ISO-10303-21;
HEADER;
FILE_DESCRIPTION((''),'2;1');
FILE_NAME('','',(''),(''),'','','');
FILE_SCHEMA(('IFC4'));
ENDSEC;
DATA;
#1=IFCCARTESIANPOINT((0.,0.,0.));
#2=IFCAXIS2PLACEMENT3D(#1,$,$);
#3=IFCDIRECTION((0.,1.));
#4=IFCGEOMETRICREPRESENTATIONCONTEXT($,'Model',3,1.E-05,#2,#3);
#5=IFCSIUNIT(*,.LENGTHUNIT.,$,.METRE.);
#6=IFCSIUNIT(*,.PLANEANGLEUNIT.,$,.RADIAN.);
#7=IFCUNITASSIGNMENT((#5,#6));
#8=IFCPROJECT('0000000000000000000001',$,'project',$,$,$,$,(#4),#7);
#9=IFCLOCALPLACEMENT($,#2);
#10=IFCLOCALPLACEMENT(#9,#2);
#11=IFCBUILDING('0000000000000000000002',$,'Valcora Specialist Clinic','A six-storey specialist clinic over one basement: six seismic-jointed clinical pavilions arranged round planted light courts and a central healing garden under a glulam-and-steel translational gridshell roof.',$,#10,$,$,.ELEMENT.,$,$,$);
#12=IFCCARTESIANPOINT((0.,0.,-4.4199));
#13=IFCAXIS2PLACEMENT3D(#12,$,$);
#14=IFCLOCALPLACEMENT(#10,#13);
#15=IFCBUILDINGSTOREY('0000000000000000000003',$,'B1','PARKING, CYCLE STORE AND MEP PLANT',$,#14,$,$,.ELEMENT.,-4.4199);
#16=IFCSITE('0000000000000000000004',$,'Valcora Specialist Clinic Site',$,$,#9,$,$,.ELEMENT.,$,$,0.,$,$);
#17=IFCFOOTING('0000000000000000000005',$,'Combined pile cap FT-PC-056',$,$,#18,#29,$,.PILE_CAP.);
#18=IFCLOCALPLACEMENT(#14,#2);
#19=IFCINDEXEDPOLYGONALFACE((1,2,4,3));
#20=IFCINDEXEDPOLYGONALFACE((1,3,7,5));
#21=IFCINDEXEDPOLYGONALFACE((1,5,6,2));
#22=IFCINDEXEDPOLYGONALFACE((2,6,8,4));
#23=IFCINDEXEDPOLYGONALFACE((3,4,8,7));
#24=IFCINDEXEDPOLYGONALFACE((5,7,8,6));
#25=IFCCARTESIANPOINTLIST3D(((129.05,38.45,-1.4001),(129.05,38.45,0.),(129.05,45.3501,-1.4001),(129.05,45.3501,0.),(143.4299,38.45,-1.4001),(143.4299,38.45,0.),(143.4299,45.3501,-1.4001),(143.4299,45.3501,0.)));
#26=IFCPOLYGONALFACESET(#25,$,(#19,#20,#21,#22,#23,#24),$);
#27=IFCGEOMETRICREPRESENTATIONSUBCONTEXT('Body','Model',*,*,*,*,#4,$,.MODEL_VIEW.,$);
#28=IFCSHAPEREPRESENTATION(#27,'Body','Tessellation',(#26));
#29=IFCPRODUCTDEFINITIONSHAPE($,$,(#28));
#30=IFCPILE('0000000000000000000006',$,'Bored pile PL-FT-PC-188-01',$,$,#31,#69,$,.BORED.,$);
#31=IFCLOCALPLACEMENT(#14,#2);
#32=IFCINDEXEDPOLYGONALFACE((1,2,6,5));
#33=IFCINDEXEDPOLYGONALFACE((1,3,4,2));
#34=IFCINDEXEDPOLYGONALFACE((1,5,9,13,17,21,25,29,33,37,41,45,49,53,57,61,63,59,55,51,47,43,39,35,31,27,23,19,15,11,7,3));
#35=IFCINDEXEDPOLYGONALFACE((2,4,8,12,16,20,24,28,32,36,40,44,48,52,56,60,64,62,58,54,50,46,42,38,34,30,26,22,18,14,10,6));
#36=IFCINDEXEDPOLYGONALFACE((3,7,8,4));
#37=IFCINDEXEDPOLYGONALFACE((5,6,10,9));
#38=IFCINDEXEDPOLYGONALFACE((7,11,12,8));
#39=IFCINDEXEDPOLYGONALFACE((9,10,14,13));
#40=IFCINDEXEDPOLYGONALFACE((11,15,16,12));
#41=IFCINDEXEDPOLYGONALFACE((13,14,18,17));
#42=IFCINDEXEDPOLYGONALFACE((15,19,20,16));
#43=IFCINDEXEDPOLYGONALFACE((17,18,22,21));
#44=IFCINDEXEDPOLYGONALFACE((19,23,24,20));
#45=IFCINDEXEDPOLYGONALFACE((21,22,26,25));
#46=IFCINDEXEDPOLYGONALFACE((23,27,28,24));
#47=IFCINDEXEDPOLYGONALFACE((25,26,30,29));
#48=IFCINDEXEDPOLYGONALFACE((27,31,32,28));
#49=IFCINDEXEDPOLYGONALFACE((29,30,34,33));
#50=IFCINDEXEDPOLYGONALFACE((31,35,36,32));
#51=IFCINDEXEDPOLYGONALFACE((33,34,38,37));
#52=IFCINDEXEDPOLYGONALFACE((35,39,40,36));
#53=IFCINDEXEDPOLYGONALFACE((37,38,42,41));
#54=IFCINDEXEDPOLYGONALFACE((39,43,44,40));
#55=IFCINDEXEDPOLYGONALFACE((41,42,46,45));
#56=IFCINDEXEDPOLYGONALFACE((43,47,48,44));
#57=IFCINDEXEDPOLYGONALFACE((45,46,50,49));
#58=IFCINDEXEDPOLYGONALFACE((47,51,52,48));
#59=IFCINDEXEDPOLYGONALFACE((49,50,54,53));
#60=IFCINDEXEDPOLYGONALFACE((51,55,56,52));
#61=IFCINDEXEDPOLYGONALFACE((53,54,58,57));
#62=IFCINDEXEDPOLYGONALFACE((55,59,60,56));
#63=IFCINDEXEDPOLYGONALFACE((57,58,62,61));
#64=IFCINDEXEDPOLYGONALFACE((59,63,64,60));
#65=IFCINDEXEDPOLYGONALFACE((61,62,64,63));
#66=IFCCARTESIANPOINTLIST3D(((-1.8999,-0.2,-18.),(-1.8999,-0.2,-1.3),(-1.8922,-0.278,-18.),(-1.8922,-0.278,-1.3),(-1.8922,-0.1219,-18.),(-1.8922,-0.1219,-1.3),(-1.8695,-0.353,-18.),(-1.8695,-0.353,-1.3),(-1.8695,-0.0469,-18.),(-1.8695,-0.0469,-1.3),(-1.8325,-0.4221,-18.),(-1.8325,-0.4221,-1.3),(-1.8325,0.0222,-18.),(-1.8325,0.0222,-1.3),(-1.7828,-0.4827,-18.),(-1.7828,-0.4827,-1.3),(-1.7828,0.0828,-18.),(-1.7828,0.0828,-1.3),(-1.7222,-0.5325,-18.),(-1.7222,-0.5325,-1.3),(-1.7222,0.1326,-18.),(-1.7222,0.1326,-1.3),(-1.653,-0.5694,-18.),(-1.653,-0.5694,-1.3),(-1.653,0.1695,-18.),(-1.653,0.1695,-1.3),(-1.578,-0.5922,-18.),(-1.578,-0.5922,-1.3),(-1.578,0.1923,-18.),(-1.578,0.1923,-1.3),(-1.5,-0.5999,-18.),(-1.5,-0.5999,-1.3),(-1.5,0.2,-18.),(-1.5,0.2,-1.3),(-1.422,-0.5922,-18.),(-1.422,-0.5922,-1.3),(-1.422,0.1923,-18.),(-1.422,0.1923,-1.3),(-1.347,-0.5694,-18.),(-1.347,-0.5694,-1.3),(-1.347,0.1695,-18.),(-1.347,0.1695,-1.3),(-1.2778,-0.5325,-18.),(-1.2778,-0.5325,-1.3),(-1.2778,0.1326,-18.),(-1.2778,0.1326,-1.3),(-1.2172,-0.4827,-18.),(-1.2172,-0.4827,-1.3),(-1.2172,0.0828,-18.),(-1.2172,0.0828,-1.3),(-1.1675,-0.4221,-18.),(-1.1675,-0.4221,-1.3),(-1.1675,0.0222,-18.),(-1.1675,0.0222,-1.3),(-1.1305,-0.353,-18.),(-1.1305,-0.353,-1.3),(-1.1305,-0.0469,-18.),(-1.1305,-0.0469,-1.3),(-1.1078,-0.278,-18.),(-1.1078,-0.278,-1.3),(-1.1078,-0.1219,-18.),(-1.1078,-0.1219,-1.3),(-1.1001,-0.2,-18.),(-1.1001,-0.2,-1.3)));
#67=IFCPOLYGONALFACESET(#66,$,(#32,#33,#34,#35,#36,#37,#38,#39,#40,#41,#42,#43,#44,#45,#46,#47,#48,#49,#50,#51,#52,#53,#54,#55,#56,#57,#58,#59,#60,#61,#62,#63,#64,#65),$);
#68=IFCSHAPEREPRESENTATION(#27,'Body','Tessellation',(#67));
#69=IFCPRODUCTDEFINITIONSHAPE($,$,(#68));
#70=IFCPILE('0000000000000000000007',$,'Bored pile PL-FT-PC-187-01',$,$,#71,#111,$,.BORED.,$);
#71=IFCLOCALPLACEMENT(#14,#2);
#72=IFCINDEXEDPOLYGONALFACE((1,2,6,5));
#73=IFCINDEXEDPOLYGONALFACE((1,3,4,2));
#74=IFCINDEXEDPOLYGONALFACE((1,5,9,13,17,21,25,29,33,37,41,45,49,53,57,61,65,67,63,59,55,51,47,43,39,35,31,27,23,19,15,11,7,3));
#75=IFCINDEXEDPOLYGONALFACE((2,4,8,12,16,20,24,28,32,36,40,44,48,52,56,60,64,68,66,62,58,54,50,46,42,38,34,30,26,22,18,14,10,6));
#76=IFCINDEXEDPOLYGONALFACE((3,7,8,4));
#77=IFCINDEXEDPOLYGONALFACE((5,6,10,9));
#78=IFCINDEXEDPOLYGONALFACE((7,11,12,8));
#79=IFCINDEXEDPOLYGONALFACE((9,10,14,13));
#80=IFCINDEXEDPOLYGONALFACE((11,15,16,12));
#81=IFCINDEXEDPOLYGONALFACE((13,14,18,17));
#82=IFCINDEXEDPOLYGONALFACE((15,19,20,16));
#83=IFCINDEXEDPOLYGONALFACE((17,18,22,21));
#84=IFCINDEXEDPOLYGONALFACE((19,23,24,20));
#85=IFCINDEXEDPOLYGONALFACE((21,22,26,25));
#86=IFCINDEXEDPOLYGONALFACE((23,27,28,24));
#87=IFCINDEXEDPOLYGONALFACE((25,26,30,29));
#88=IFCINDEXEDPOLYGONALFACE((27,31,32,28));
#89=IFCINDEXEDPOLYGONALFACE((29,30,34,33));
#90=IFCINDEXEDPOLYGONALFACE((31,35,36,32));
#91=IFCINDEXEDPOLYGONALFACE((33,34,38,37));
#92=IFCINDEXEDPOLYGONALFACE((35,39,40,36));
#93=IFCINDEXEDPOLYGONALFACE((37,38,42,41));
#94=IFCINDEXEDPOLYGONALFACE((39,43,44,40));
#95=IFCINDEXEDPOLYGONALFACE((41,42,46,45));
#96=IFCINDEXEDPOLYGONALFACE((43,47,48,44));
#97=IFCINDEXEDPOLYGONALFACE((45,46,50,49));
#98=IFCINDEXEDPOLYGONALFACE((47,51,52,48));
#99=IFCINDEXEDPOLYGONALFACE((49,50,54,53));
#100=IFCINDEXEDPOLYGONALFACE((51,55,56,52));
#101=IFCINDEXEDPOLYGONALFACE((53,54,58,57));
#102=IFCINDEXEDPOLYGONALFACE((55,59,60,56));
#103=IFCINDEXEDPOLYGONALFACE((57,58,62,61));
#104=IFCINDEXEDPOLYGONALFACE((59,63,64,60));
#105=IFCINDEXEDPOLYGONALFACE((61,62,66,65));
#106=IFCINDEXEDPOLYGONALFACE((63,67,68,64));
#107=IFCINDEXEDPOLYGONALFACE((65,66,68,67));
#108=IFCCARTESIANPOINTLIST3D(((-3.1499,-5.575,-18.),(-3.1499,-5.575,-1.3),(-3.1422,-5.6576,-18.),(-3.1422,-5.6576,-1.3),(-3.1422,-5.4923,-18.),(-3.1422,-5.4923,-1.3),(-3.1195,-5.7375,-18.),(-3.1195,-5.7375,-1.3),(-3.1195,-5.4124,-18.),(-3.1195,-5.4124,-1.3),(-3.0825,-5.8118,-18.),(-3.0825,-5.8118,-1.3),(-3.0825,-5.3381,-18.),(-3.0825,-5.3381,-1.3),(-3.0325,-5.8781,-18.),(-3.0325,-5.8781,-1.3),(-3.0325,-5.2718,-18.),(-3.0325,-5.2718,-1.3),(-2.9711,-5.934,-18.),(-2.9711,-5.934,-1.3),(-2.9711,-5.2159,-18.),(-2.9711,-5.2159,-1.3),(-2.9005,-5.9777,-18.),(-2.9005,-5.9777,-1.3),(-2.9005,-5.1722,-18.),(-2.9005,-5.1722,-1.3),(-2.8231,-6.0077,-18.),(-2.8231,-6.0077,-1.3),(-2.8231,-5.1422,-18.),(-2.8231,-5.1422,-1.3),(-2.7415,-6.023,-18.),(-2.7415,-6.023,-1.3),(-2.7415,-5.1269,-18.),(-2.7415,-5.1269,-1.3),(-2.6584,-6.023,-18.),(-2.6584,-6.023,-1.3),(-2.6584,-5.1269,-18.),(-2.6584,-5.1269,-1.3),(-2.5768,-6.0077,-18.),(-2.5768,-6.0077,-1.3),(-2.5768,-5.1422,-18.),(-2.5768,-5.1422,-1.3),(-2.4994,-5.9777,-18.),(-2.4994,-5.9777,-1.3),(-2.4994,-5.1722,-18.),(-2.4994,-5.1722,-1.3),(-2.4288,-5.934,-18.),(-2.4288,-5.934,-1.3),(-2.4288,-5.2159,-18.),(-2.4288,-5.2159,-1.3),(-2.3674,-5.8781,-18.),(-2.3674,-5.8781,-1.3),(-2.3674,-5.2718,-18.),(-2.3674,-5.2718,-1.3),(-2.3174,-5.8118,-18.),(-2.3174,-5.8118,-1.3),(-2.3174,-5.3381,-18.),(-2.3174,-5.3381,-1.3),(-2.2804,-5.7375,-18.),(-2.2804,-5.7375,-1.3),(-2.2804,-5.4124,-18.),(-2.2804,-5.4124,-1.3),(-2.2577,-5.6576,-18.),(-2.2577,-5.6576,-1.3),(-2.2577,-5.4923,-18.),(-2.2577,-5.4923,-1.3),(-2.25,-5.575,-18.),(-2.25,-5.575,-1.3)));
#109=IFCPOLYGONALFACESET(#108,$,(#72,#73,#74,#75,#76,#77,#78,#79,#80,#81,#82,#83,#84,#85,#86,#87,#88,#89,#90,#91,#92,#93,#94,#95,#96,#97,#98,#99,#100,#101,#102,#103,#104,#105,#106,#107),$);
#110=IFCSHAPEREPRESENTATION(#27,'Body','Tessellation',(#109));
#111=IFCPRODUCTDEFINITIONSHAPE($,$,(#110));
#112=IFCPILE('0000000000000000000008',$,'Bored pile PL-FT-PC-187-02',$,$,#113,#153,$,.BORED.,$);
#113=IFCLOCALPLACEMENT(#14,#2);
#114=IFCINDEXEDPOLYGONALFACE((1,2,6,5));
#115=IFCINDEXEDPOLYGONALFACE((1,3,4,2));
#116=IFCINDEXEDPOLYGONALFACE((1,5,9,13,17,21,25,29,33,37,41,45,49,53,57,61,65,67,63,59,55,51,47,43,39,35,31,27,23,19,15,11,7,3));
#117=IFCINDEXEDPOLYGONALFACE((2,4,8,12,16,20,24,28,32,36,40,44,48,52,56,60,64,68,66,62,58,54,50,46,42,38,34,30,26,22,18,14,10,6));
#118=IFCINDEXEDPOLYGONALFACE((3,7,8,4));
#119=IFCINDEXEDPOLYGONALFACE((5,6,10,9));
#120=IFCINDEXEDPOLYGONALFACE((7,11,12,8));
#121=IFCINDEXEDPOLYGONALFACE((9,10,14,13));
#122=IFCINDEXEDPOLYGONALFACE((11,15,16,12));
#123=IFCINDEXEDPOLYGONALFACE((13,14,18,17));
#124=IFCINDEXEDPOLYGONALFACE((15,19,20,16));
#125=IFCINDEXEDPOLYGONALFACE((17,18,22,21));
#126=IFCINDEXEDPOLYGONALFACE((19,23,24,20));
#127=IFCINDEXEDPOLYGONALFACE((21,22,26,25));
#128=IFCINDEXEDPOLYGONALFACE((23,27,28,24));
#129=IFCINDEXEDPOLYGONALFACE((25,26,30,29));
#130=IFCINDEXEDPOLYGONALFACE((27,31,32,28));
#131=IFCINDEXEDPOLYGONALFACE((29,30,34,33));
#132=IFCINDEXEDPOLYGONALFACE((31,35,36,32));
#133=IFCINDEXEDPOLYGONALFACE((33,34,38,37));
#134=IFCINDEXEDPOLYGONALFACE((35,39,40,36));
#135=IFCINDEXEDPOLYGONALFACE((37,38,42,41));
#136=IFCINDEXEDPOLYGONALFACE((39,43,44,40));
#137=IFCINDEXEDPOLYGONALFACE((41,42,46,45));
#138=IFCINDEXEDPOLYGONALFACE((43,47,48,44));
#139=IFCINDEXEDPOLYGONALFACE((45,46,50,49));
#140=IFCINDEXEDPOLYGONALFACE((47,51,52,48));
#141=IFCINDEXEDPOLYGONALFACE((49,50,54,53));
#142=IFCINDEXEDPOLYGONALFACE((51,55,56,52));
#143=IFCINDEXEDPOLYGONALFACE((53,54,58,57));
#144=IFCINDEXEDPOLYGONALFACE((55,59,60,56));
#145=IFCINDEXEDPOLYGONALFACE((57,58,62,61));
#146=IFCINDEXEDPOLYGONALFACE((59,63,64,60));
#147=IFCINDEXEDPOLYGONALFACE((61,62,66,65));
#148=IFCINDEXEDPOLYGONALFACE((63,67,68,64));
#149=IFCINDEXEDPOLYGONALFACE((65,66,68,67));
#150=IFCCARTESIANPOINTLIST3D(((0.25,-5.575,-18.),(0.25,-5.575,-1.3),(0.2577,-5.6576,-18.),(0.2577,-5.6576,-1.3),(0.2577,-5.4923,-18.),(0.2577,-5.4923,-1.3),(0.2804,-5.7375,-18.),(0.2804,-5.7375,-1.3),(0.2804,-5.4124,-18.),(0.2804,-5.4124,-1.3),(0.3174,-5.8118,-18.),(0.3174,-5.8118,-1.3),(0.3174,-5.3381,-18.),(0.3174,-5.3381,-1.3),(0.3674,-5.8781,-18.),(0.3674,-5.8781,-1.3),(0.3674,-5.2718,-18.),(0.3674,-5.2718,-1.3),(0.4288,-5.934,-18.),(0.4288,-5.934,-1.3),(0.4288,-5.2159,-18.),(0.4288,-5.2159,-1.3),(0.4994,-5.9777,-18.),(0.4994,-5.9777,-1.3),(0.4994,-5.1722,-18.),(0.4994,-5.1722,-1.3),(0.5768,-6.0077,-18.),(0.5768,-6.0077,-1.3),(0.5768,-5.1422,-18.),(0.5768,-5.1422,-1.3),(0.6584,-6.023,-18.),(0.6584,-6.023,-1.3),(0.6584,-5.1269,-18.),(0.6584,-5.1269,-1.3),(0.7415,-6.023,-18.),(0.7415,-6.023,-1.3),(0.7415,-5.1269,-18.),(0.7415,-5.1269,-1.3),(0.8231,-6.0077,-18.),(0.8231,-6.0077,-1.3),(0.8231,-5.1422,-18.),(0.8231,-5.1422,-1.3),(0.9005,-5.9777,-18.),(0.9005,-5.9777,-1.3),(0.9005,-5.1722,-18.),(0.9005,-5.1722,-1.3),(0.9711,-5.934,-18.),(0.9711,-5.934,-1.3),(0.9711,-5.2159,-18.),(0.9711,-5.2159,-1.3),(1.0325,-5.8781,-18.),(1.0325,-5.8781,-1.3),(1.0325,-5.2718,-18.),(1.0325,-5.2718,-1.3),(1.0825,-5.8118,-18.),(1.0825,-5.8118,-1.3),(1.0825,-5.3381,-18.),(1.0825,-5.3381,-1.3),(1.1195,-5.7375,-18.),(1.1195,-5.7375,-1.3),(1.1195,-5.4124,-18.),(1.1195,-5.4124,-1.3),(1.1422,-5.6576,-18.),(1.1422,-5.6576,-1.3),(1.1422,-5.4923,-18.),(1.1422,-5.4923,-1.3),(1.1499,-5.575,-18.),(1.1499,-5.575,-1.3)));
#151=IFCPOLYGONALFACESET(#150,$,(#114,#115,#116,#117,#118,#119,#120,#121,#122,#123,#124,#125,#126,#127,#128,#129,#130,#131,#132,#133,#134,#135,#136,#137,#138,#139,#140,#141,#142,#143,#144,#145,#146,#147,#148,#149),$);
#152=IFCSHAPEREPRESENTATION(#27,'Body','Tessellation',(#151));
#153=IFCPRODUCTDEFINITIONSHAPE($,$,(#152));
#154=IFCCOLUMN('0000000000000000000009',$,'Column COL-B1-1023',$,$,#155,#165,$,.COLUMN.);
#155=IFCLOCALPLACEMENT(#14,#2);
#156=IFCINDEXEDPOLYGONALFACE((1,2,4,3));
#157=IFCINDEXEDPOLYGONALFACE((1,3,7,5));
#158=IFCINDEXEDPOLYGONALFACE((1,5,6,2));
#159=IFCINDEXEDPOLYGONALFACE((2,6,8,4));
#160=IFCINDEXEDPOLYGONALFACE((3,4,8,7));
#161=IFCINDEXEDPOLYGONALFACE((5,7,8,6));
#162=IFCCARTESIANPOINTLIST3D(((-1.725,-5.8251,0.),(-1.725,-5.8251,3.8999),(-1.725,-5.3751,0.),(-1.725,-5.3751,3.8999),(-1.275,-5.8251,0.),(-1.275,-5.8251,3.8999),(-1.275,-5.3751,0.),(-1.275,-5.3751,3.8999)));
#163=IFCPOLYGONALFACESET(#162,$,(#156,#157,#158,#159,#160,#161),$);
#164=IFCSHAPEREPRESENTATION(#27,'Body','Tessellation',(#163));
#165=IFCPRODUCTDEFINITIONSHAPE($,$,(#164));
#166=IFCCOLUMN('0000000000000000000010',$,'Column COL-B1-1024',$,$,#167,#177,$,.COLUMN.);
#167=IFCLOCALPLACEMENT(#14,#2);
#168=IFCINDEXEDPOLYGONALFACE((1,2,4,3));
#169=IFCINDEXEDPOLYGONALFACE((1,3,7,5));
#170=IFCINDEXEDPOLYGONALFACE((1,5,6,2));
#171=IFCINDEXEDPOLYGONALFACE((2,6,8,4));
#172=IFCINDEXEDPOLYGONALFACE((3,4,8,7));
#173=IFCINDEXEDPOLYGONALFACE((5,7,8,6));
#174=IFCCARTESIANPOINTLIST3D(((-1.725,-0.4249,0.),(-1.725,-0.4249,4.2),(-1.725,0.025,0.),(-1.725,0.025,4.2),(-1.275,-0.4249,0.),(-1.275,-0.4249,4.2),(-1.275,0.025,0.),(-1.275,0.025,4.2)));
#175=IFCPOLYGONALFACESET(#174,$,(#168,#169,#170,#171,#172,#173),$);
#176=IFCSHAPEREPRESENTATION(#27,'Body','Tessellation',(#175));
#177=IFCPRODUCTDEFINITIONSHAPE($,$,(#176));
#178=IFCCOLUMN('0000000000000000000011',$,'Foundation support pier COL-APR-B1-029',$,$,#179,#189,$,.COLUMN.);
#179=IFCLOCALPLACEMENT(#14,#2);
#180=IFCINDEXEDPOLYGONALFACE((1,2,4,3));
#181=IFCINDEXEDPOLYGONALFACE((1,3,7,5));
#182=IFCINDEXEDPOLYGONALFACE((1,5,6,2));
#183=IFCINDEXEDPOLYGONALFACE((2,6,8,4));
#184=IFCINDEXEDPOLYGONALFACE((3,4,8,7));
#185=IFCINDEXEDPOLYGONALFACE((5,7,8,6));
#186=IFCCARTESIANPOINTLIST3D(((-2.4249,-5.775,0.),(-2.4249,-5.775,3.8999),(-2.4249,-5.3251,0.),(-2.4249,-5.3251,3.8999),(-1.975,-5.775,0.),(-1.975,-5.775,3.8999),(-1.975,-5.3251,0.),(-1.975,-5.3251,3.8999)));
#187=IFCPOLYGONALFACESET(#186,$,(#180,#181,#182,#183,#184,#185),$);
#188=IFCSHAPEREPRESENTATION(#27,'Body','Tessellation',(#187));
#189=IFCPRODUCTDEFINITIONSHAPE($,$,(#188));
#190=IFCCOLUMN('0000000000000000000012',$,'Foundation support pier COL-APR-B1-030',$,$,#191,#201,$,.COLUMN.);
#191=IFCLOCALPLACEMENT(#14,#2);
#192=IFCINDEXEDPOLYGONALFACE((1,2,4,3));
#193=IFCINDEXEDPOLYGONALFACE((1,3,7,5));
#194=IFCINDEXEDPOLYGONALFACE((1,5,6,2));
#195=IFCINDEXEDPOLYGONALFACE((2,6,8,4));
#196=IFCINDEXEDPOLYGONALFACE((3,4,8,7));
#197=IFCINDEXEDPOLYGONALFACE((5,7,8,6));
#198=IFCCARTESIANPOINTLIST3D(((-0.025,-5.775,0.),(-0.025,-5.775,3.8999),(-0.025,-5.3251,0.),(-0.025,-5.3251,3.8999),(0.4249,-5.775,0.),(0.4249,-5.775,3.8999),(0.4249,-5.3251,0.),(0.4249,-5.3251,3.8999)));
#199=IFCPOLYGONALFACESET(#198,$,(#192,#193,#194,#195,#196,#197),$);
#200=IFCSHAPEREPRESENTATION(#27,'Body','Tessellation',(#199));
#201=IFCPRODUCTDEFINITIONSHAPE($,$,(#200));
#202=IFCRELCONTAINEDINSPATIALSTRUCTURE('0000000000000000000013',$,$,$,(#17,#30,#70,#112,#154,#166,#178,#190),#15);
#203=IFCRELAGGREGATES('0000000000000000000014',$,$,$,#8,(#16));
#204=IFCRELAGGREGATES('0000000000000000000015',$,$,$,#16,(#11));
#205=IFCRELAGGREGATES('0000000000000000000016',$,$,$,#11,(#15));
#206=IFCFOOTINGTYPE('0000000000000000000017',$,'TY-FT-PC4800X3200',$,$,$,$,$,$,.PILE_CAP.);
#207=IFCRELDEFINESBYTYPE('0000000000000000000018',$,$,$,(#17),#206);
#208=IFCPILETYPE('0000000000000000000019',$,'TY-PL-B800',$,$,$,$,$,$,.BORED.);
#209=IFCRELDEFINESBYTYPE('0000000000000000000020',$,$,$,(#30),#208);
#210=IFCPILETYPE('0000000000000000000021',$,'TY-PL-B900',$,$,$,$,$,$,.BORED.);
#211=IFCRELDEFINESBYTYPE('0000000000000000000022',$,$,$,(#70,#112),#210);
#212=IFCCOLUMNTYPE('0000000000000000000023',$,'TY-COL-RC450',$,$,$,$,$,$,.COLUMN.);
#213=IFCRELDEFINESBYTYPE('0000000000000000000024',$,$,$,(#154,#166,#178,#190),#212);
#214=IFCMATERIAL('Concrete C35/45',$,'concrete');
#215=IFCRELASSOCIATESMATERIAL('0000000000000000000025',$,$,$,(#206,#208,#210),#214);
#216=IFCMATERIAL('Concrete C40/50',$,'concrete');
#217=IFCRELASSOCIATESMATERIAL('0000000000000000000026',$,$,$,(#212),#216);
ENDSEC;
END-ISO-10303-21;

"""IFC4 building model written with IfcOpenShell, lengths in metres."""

from ifc_helpers import new_model, si_unit, direction, frame, origin, origin_2d, place, context, subcontext, project, spatial, polyline, rectangle, circle, outline, extrude, material, material_profile, profile_set, type_object, element, save


model = new_model("IFC4")

# Units and contexts
model_context = context("Model", 3, precision=1e-05, world=origin(), true_north=direction((0.0, 1.0)))
body_context = subcontext(model_context, "Body", "Model", "MODEL_VIEW")
ifc_project = project(units=[si_unit("LENGTHUNIT", "METRE"), si_unit("PLANEANGLEUNIT", "RADIAN")], contexts=[model_context])

# Site, building, storey
site_placement = place(None, origin())
site = spatial("IfcSite", under=ifc_project, at=site_placement, Name="Valcora Specialist Clinic Site", CompositionType="ELEMENT", RefElevation=0.0)
building_placement = place(site_placement, origin())
building = spatial("IfcBuilding", under=site, at=building_placement, Name="Valcora Specialist Clinic", Description="A six-storey specialist clinic over one basement: six seismic-jointed clinical pavilions arranged round planted light courts and a central healing garden under a glulam-and-steel translational gridshell roof.", CompositionType="ELEMENT")
storey_placement = place(building_placement, frame((0.0, 0.0, -4.4199)))
storey = spatial("IfcBuildingStorey", under=building, at=storey_placement, Name="B1", Description="PARKING, CYCLE STORE AND MEP PLANT", CompositionType="ELEMENT", Elevation=-4.4199)

# Footing
ifc_material_1 = material(Name="Concrete C35/45", Category="concrete")
footing_type_1 = type_object("IfcFootingType", Name="TY-FT-PC4800X3200", PredefinedType="PILE_CAP", material=ifc_material_1)
footing_1_placement = place(storey_placement, frame((0.0, 0.0, -1.4001)))
element("IfcFooting", 1, at=footing_1_placement, inside=storey, type_object=footing_type_1, Name="Combined pile cap FT-PC-056", PredefinedType="PILE_CAP", context=body_context, shape_type="SweptSolid", body=[
    extrude(outline(polyline([(129.05, 38.45), (143.4299, 38.45), (143.4299, 45.3501), (129.05, 45.3501), (129.05, 38.45)])), origin(), (0.0, 0.0, 1.0), 1.4001),
])

# Piles
ifc_material_profile_1 = material_profile(ifc_material_1, circle(Radius=0.3999, at=origin_2d()), Name="RC-PIL-D800")
ifc_profile_set_1 = profile_set([ifc_material_profile_1], Name="Concrete C35/45")
pile_type_1 = type_object("IfcPileType", Name="TY-PL-B800", PredefinedType="BORED", material=ifc_profile_set_1)
pile_placement = place(storey_placement, frame((-1.5, -0.2, -1.3), z_axis=(0.0, 0.0, -1.0), x_axis=(1.0, 0.0, 0.0)))
element("IfcPile", 2, at=pile_placement, inside=storey, type_object=pile_type_1, Name="Bored pile PL-FT-PC-188-01", PredefinedType="BORED", context=body_context, shape_type="SweptSolid", body=[
    extrude(circle(Radius=0.3999, at=origin_2d()), origin(), (0.0, 0.0, 1.0), 16.7),
])
ifc_material_profile_2 = material_profile(ifc_material_1, circle(Radius=0.45, at=origin_2d()), Name="RC-PIL-D900")
ifc_profile_set_2 = profile_set([ifc_material_profile_2], Name="Concrete C35/45")
pile_type_2 = type_object("IfcPileType", Name="TY-PL-B900", PredefinedType="BORED", material=ifc_profile_set_2)
for number, where, z_axis, x_axis, name in (
    (3, (-2.7, -5.575, -1.3), (0.0, 0.0, -1.0), (1.0, 0.0, 0.0), "Bored pile PL-FT-PC-187-01"),
    (4, (0.7, -5.575, -1.3), (0.0, 0.0, -1.0), (1.0, 0.0, 0.0), "Bored pile PL-FT-PC-187-02"),
):
    element("IfcPile", number, at=place(storey_placement, frame(where, z_axis=z_axis, x_axis=x_axis)), inside=storey, type_object=pile_type_2, Name=name, PredefinedType="BORED", context=body_context, shape_type="SweptSolid", body=[
        extrude(circle(Radius=0.45, at=origin_2d()), origin(), (0.0, 0.0, 1.0), 16.7),
    ])

# Columns
ifc_material_2 = material(Name="Concrete C40/50", Category="concrete")
ifc_material_profile_3 = material_profile(ifc_material_2, rectangle(XDim=0.45, YDim=0.45, at=origin_2d()), Name="RC-COL-450X450")
ifc_profile_set_3 = profile_set([ifc_material_profile_3], Name="Concrete C40/50")
column_type = type_object("IfcColumnType", Name="TY-COL-RC450", PredefinedType="COLUMN", material=ifc_profile_set_3)
column_1_placement = place(storey_placement, frame((-1.5, -5.6001, 0.0), z_axis=(0.0, 0.0, 1.0), x_axis=(1.0, 0.0, 0.0)))
element("IfcColumn", 5, at=column_1_placement, inside=storey, type_object=column_type, Name="Column COL-B1-1023", PredefinedType="COLUMN", context=body_context, shape_type="SweptSolid", body=[
    extrude(rectangle(XDim=0.45, YDim=0.45, at=origin_2d()), origin(), (0.0, 0.0, 1.0), 3.8999),
])
column_2_placement = place(storey_placement, frame((-1.5, -0.2, 0.0), z_axis=(0.0, 0.0, 1.0), x_axis=(1.0, 0.0, 0.0)))
element("IfcColumn", 6, at=column_2_placement, inside=storey, type_object=column_type, Name="Column COL-B1-1024", PredefinedType="COLUMN", context=body_context, shape_type="SweptSolid", body=[
    extrude(rectangle(XDim=0.45, YDim=0.45, at=origin_2d()), origin(), (0.0, 0.0, 1.0), 4.2),
])
for number, where, z_axis, x_axis, name in (
    (7, (-2.2, -5.55, 0.0), (0.0, 0.0, 1.0), (1.0, 0.0, 0.0), "Foundation support pier COL-APR-B1-029"),
    (8, (0.2, -5.55, 0.0), (0.0, 0.0, 1.0), (1.0, 0.0, 0.0), "Foundation support pier COL-APR-B1-030"),
):
    element("IfcColumn", number, at=place(storey_placement, frame(where, z_axis=z_axis, x_axis=x_axis)), inside=storey, type_object=column_type, Name=name, PredefinedType="COLUMN", context=body_context, shape_type="SweptSolid", body=[
        extrude(rectangle(XDim=0.45, YDim=0.45, at=origin_2d()), origin(), (0.0, 0.0, 1.0), 3.8999),
    ])

save(model, "model.ifc")
